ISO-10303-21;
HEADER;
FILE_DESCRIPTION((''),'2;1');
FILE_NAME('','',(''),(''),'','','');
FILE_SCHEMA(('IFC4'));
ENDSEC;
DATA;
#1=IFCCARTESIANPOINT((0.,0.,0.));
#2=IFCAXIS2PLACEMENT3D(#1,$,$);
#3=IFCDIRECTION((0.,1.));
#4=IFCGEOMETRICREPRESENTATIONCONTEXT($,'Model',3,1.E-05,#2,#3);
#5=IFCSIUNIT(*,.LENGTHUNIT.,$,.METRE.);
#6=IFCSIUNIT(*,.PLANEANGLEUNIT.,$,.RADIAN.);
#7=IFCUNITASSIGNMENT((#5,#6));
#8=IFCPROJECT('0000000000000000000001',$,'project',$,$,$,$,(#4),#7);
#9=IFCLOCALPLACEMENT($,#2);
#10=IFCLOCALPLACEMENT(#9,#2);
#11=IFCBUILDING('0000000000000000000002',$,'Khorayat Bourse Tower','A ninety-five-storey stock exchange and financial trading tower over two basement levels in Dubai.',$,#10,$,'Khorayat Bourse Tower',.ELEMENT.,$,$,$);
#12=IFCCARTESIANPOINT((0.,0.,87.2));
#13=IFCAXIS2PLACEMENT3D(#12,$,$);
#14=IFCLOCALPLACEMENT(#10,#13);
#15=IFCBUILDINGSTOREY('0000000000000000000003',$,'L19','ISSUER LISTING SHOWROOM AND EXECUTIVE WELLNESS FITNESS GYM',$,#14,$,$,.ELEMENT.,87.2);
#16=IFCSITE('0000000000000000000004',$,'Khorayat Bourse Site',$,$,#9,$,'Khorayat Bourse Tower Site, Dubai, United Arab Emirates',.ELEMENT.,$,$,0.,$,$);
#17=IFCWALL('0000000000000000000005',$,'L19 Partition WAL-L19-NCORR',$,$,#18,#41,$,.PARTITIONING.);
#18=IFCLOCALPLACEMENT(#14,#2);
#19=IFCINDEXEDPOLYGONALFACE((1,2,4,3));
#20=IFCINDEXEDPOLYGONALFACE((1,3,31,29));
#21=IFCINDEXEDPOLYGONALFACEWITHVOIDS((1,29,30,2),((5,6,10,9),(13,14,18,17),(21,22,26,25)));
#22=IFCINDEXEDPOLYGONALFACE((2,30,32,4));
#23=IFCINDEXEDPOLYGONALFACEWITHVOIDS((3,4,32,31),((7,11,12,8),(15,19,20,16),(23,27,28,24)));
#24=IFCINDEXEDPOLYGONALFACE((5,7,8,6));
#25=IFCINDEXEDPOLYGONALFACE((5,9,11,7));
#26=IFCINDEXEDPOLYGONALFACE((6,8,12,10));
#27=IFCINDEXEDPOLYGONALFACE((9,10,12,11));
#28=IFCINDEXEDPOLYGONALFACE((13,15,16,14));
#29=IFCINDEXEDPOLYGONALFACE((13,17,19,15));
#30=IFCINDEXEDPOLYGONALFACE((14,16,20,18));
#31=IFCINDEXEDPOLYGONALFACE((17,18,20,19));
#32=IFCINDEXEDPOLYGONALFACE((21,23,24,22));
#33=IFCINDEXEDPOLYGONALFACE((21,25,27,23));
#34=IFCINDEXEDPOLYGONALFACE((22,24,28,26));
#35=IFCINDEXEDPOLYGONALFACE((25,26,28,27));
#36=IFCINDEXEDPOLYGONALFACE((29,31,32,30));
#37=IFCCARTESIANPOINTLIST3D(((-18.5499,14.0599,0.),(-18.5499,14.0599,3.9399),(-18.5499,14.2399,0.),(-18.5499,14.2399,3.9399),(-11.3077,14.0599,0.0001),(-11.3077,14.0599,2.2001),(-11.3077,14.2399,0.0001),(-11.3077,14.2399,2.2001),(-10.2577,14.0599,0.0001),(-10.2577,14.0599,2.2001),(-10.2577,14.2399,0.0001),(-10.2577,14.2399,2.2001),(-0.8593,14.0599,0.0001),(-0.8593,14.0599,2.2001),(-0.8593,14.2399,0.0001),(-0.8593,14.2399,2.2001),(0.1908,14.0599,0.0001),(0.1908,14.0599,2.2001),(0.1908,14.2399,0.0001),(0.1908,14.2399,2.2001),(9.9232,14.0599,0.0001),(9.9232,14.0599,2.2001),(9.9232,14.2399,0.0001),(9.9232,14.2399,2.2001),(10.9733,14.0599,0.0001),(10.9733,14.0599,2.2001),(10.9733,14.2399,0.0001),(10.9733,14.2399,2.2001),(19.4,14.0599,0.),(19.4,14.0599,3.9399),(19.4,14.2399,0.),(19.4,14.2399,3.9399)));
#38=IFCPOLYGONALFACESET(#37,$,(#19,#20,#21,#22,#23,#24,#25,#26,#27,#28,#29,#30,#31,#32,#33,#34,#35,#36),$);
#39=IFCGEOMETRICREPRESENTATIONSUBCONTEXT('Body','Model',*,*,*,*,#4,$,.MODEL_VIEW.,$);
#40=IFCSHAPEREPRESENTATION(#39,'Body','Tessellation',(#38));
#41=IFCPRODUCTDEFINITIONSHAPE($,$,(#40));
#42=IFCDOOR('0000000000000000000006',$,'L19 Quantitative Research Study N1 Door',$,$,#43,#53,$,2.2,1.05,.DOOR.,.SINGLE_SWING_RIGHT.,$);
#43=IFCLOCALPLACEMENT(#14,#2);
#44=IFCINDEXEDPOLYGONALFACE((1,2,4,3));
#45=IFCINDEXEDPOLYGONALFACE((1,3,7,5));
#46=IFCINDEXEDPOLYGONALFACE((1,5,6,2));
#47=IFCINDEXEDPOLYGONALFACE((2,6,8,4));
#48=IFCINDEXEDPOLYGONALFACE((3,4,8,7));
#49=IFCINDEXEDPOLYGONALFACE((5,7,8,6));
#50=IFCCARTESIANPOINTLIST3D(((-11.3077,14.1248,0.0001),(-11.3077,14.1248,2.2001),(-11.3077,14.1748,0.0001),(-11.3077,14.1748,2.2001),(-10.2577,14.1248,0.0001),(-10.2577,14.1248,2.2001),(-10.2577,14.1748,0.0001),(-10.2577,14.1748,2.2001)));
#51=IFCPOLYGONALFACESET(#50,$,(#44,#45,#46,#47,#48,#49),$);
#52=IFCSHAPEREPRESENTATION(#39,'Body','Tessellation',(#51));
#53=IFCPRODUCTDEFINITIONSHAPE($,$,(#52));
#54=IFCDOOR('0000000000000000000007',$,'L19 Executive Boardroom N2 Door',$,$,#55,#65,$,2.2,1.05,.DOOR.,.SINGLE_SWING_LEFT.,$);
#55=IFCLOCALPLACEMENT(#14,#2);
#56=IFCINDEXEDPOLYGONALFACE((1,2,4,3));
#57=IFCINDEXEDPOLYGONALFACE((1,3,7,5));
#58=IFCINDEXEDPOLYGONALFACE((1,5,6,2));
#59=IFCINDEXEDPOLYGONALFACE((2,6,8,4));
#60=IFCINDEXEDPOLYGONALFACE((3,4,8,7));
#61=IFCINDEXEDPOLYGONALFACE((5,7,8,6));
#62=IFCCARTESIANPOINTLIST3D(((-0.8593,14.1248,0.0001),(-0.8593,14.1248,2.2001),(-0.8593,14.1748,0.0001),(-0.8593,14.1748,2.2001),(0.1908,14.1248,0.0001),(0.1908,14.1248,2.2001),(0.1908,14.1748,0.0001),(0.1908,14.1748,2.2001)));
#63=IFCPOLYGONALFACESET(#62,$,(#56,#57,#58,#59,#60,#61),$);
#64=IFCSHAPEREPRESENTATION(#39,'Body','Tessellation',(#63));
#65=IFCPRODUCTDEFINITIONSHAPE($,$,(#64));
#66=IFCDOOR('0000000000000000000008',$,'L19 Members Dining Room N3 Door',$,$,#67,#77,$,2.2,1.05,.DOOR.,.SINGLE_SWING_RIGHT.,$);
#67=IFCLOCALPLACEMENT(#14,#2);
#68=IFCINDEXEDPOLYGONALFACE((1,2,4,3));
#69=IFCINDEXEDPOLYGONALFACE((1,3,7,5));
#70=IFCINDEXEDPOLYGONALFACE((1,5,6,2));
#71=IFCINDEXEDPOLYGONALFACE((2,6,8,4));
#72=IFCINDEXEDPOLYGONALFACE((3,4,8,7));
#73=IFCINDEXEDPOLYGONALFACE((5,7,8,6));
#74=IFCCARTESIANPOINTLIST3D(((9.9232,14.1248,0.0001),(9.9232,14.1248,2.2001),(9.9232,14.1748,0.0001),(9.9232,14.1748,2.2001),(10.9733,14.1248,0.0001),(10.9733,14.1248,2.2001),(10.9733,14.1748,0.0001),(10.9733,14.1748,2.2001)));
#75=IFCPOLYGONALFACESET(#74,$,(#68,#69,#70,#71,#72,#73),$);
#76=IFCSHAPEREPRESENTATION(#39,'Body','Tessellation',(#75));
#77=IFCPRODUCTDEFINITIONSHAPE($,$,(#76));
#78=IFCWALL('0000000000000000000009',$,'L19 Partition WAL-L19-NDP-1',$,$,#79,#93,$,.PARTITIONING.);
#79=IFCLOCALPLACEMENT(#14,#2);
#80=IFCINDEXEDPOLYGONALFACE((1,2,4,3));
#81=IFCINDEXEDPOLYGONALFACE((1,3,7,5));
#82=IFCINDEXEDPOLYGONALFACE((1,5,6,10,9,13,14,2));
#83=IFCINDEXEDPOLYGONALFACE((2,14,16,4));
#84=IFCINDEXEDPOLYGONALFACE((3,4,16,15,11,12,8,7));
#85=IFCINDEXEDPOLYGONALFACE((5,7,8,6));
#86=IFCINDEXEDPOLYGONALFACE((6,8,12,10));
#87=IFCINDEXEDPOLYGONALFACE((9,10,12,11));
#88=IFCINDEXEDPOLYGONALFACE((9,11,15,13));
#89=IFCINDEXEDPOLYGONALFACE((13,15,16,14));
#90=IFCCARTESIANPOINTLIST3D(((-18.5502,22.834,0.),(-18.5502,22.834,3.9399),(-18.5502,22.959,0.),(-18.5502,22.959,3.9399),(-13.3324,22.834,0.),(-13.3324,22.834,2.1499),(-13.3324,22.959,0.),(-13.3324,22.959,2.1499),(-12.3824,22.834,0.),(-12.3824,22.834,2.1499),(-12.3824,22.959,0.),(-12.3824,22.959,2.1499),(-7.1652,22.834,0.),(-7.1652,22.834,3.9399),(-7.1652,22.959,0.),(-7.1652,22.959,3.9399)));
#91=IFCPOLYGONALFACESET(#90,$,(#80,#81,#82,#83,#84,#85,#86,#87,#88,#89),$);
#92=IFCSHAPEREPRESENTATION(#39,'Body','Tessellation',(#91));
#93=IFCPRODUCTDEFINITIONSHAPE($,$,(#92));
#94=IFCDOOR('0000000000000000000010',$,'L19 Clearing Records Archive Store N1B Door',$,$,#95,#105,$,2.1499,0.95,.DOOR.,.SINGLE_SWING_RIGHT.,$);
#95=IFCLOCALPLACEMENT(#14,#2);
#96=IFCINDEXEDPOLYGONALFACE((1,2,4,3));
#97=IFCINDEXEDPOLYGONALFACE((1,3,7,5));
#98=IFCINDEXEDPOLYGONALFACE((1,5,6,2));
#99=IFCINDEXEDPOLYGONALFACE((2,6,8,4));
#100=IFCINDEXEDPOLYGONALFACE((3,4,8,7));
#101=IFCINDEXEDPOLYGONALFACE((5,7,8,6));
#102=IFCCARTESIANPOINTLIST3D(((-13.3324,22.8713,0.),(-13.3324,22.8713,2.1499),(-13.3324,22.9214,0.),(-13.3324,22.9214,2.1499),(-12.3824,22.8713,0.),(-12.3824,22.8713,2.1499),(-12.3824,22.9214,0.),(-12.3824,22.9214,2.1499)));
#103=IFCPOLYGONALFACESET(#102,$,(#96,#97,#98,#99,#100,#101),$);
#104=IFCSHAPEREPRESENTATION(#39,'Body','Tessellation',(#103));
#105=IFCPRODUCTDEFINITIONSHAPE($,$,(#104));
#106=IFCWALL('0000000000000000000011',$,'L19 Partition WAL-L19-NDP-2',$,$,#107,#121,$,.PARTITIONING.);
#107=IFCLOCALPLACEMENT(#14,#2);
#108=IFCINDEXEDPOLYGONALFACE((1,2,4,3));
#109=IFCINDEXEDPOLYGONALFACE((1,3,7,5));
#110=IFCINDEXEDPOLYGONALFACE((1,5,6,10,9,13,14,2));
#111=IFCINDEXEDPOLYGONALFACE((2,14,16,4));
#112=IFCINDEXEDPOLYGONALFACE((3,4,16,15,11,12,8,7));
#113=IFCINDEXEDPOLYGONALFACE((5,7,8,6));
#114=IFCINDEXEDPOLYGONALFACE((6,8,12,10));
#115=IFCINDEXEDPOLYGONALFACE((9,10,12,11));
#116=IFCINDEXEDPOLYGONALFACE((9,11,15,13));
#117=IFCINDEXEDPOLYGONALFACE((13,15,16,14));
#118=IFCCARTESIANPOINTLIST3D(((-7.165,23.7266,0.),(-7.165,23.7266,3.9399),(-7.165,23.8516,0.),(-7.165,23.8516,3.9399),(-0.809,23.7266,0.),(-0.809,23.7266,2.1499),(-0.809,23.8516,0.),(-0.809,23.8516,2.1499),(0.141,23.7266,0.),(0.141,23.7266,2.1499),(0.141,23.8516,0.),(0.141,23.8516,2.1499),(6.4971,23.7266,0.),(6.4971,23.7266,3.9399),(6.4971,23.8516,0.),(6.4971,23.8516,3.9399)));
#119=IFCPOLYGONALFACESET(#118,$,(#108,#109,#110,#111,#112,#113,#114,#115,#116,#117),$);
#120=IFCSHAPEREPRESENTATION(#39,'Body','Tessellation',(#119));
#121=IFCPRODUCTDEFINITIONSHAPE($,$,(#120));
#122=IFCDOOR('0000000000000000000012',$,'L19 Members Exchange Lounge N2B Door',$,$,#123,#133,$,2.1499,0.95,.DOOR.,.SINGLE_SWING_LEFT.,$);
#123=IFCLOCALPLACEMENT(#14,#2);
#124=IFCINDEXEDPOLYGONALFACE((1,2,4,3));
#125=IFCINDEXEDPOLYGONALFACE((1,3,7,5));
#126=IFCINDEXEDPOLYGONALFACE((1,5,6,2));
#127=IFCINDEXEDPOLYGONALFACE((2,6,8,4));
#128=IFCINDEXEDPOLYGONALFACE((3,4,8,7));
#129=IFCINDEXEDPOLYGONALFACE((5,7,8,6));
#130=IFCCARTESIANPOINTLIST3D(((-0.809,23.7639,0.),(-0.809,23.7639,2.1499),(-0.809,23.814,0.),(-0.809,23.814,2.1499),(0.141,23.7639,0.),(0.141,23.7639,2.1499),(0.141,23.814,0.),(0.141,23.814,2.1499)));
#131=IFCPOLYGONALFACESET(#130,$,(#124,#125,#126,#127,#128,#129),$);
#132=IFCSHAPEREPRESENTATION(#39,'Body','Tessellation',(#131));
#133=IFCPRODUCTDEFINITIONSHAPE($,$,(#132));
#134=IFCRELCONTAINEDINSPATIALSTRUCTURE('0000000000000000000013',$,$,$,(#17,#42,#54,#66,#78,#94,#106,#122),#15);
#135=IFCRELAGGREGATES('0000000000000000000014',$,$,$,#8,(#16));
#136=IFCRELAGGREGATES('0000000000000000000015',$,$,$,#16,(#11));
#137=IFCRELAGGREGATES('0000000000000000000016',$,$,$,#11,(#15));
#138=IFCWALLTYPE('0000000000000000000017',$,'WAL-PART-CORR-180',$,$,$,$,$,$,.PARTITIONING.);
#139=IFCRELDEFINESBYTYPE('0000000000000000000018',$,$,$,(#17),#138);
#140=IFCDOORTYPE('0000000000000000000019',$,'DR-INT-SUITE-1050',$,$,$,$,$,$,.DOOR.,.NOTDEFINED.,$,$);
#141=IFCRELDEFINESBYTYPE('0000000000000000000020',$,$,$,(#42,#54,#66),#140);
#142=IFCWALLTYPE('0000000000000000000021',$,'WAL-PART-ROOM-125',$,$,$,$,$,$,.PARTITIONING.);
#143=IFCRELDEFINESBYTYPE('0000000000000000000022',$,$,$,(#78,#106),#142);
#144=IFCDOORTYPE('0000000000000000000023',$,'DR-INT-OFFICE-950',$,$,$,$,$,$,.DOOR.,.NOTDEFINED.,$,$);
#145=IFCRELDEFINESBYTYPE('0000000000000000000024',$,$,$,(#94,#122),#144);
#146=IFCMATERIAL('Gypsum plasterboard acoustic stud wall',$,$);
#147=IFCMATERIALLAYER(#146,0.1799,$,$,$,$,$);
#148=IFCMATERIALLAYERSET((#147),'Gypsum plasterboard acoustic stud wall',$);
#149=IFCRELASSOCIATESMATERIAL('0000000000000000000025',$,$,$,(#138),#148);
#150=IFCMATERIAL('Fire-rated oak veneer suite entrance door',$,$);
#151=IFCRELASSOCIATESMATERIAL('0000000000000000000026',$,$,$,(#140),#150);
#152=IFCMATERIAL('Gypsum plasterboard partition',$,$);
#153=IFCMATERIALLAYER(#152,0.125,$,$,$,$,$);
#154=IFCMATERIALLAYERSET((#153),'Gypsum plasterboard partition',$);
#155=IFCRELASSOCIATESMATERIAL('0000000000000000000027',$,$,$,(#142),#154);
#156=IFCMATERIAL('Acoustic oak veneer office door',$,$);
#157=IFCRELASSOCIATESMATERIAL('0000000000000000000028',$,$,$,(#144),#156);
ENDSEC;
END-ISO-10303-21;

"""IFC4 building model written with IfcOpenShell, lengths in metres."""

from ifc_helpers import new_model, si_unit, direction, frame, frame_2d, origin, place, context, subcontext, project, spatial, rectangle, extrude, source, transform, mapped, material, layer, layer_set, type_object, element, fill, save


model = new_model("IFC4")

# Units and contexts
model_context = context("Model", 3, precision=1e-05, world=origin(), true_north=direction((0.0, 1.0)))
body_context = subcontext(model_context, "Body", "Model", "MODEL_VIEW")
ifc_project = project(units=[si_unit("LENGTHUNIT", "METRE"), si_unit("PLANEANGLEUNIT", "RADIAN")], contexts=[model_context])

# Site, building, storey
site_placement = place(None, origin())
site = spatial("IfcSite", under=ifc_project, at=site_placement, Name="Khorayat Bourse Site", LongName="Khorayat Bourse Tower Site, Dubai, United Arab Emirates", CompositionType="ELEMENT", RefElevation=0.0)
building_placement = place(site_placement, origin())
building = spatial("IfcBuilding", under=site, at=building_placement, Name="Khorayat Bourse Tower", Description="A ninety-five-storey stock exchange and financial trading tower over two basement levels in Dubai.", LongName="Khorayat Bourse Tower", CompositionType="ELEMENT")
storey_placement = place(building_placement, frame((0.0, 0.0, 87.2)))
storey = spatial("IfcBuildingStorey", under=building, at=storey_placement, Name="L19", Description="ISSUER LISTING SHOWROOM AND EXECUTIVE WELLNESS FITNESS GYM", CompositionType="ELEMENT", Elevation=87.2)

# Wall, openings, doors
ifc_material_1 = material(Name="Gypsum plasterboard acoustic stud wall")
ifc_layer_1 = layer(ifc_material_1, 0.1799)
ifc_layer_set_1 = layer_set([ifc_layer_1], Name="Gypsum plasterboard acoustic stud wall")
wall_type_1 = type_object("IfcWallType", Name="WAL-PART-CORR-180", PredefinedType="PARTITIONING", material=ifc_layer_set_1)
shared_shape_1 = source(origin(), body_context, "Body", "SweptSolid", [
    extrude(rectangle(XDim=37.95, YDim=0.1799, at=frame_2d((18.9751, 0.0))), origin(), (0.0, 0.0, 1.0), 3.9399),
])
wall_1_placement = place(storey_placement, frame((-18.55, 14.1499, 0.0), z_axis=(0.0, 0.0, 1.0), x_axis=(1.0, 0.0, 0.0)))
wall_1 = element("IfcWall", 1, at=wall_1_placement, inside=storey, type_object=wall_type_1, Name="L19 Partition WAL-L19-NCORR", PredefinedType="PARTITIONING", context=body_context, shape_type="MappedRepresentation", body=[
    mapped(shared_shape_1, transform((0.0, 0.0, 0.0), scale=1.0)),
])
shared_shape_2 = source(origin(), body_context, "Body", "SweptSolid", [
    extrude(rectangle(XDim=1.05, YDim=2.2, at=frame_2d((0.5249, 1.1001))), frame((0.0, 0.0999, 0.0), z_axis=(0.0, -1.0, 0.0), x_axis=(1.0, 0.0, 0.0)), (0.0, 0.0, 1.0), 0.2),
])
opening_1_placement = place(wall_1_placement, frame((7.2424, 0.0, 0.0)))
opening_1 = element("IfcOpeningElement", 2, at=opening_1_placement, cuts=wall_1, PredefinedType="OPENING", context=body_context, shape_type="MappedRepresentation", body=[
    mapped(shared_shape_2, transform((0.0, 0.0, 0.0), scale=1.0)),
])
opening_2_placement = place(wall_1_placement, frame((17.6909, 0.0, 0.0)))
opening_2 = element("IfcOpeningElement", 3, at=opening_2_placement, cuts=wall_1, PredefinedType="OPENING", context=body_context, shape_type="MappedRepresentation", body=[
    mapped(shared_shape_2, transform((0.0, 0.0, 0.0), scale=1.0)),
])
opening_3_placement = place(wall_1_placement, frame((28.4734, 0.0, 0.0)))
opening_3 = element("IfcOpeningElement", 4, at=opening_3_placement, cuts=wall_1, PredefinedType="OPENING", context=body_context, shape_type="MappedRepresentation", body=[
    mapped(shared_shape_2, transform((0.0, 0.0, 0.0), scale=1.0)),
])
ifc_material_2 = material(Name="Fire-rated oak veneer suite entrance door")
door_type_1 = type_object("IfcDoorType", Name="DR-INT-SUITE-1050", OperationType="NOTDEFINED", PredefinedType="DOOR", material=ifc_material_2)
shared_shape_3 = source(origin(), body_context, "Body", "SweptSolid", [
    extrude(rectangle(XDim=1.05, YDim=2.2, at=frame_2d((0.5249, 1.1001))), frame((0.0, 0.0249, 0.0), z_axis=(0.0, -1.0, 0.0), x_axis=(1.0, 0.0, 0.0)), (0.0, 0.0, 1.0), 0.05),
])
door_1_placement = place(opening_1_placement, origin())
door_1 = element("IfcDoor", 5, at=door_1_placement, inside=storey, type_object=door_type_1, Name="L19 Quantitative Research Study N1 Door", OperationType="SINGLE_SWING_RIGHT", OverallHeight=2.2, OverallWidth=1.05, PredefinedType="DOOR", context=body_context, shape_type="MappedRepresentation", body=[
    mapped(shared_shape_3, transform((0.0, 0.0, 0.0), scale=1.0)),
])
fill(opening_1, door_1)
door_2_placement = place(opening_2_placement, origin())
door_2 = element("IfcDoor", 6, at=door_2_placement, inside=storey, type_object=door_type_1, Name="L19 Executive Boardroom N2 Door", OperationType="SINGLE_SWING_LEFT", OverallHeight=2.2, OverallWidth=1.05, PredefinedType="DOOR", context=body_context, shape_type="MappedRepresentation", body=[
    mapped(shared_shape_3, transform((0.0, 0.0, 0.0), scale=1.0)),
])
fill(opening_2, door_2)
door_3_placement = place(opening_3_placement, origin())
door_3 = element("IfcDoor", 7, at=door_3_placement, inside=storey, type_object=door_type_1, Name="L19 Members Dining Room N3 Door", OperationType="SINGLE_SWING_RIGHT", OverallHeight=2.2, OverallWidth=1.05, PredefinedType="DOOR", context=body_context, shape_type="MappedRepresentation", body=[
    mapped(shared_shape_3, transform((0.0, 0.0, 0.0), scale=1.0)),
])
fill(opening_3, door_3)

# Walls, openings, doors
ifc_material_3 = material(Name="Gypsum plasterboard partition")
ifc_layer_2 = layer(ifc_material_3, 0.125)
ifc_layer_set_2 = layer_set([ifc_layer_2], Name="Gypsum plasterboard partition")
wall_type_2 = type_object("IfcWallType", Name="WAL-PART-ROOM-125", PredefinedType="PARTITIONING", material=ifc_layer_set_2)
shared_shape_4 = source(origin(), body_context, "Body", "SweptSolid", [
    extrude(rectangle(XDim=11.385, YDim=0.125, at=frame_2d((5.6924, 0.0))), origin(), (0.0, 0.0, 1.0), 3.9399),
])
wall_2_placement = place(storey_placement, frame((-18.55, 22.8965, 0.0), z_axis=(0.0, 0.0, 1.0), x_axis=(1.0, 0.0, 0.0)))
wall_2 = element("IfcWall", 8, at=wall_2_placement, inside=storey, type_object=wall_type_2, Name="L19 Partition WAL-L19-NDP-1", PredefinedType="PARTITIONING", context=body_context, shape_type="MappedRepresentation", body=[
    mapped(shared_shape_4, transform((0.0, 0.0, 0.0), scale=1.0)),
])
shared_shape_5 = source(origin(), body_context, "Body", "SweptSolid", [
    extrude(rectangle(XDim=0.95, YDim=2.1499, at=frame_2d((0.4751, 1.075))), frame((0.0, 0.0725, 0.0), z_axis=(0.0, -1.0, 0.0), x_axis=(1.0, 0.0, 0.0)), (0.0, 0.0, 1.0), 0.145),
])
opening_4_placement = place(wall_2_placement, frame((5.2175, 0.0, 0.0)))
opening_4 = element("IfcOpeningElement", 9, at=opening_4_placement, cuts=wall_2, PredefinedType="OPENING", context=body_context, shape_type="MappedRepresentation", body=[
    mapped(shared_shape_5, transform((0.0, 0.0, 0.0), scale=1.0)),
])
ifc_material_4 = material(Name="Acoustic oak veneer office door")
door_type_2 = type_object("IfcDoorType", Name="DR-INT-OFFICE-950", OperationType="NOTDEFINED", PredefinedType="DOOR", material=ifc_material_4)
shared_shape_6 = source(origin(), body_context, "Body", "SweptSolid", [
    extrude(rectangle(XDim=0.95, YDim=2.1499, at=frame_2d((0.4751, 1.075))), frame((0.0, 0.0249, 0.0), z_axis=(0.0, -1.0, 0.0), x_axis=(1.0, 0.0, 0.0)), (0.0, 0.0, 1.0), 0.05),
])
door_4_placement = place(opening_4_placement, origin())
door_4 = element("IfcDoor", 10, at=door_4_placement, inside=storey, type_object=door_type_2, Name="L19 Clearing Records Archive Store N1B Door", OperationType="SINGLE_SWING_RIGHT", OverallHeight=2.1499, OverallWidth=0.95, PredefinedType="DOOR", context=body_context, shape_type="MappedRepresentation", body=[
    mapped(shared_shape_6, transform((0.0, 0.0, 0.0), scale=1.0)),
])
fill(opening_4, door_4)
shared_shape_7 = source(origin(), body_context, "Body", "SweptSolid", [
    extrude(rectangle(XDim=13.6621, YDim=0.125, at=frame_2d((6.8311, 0.0))), origin(), (0.0, 0.0, 1.0), 3.9399),
])
wall_3_placement = place(storey_placement, frame((-7.165, 23.7891, 0.0), z_axis=(0.0, 0.0, 1.0), x_axis=(1.0, 0.0, 0.0)))
wall_3 = element("IfcWall", 11, at=wall_3_placement, inside=storey, type_object=wall_type_2, Name="L19 Partition WAL-L19-NDP-2", PredefinedType="PARTITIONING", context=body_context, shape_type="MappedRepresentation", body=[
    mapped(shared_shape_7, transform((0.0, 0.0, 0.0), scale=1.0)),
])
opening_5_placement = place(wall_3_placement, frame((6.356, 0.0, 0.0)))
opening_5 = element("IfcOpeningElement", 12, at=opening_5_placement, cuts=wall_3, PredefinedType="OPENING", context=body_context, shape_type="MappedRepresentation", body=[
    mapped(shared_shape_5, transform((0.0, 0.0, 0.0), scale=1.0)),
])
door_5_placement = place(opening_5_placement, origin())
door_5 = element("IfcDoor", 13, at=door_5_placement, inside=storey, type_object=door_type_2, Name="L19 Members Exchange Lounge N2B Door", OperationType="SINGLE_SWING_LEFT", OverallHeight=2.1499, OverallWidth=0.95, PredefinedType="DOOR", context=body_context, shape_type="MappedRepresentation", body=[
    mapped(shared_shape_6, transform((0.0, 0.0, 0.0), scale=1.0)),
])
fill(opening_5, door_5)

save(model, "model.ifc")
